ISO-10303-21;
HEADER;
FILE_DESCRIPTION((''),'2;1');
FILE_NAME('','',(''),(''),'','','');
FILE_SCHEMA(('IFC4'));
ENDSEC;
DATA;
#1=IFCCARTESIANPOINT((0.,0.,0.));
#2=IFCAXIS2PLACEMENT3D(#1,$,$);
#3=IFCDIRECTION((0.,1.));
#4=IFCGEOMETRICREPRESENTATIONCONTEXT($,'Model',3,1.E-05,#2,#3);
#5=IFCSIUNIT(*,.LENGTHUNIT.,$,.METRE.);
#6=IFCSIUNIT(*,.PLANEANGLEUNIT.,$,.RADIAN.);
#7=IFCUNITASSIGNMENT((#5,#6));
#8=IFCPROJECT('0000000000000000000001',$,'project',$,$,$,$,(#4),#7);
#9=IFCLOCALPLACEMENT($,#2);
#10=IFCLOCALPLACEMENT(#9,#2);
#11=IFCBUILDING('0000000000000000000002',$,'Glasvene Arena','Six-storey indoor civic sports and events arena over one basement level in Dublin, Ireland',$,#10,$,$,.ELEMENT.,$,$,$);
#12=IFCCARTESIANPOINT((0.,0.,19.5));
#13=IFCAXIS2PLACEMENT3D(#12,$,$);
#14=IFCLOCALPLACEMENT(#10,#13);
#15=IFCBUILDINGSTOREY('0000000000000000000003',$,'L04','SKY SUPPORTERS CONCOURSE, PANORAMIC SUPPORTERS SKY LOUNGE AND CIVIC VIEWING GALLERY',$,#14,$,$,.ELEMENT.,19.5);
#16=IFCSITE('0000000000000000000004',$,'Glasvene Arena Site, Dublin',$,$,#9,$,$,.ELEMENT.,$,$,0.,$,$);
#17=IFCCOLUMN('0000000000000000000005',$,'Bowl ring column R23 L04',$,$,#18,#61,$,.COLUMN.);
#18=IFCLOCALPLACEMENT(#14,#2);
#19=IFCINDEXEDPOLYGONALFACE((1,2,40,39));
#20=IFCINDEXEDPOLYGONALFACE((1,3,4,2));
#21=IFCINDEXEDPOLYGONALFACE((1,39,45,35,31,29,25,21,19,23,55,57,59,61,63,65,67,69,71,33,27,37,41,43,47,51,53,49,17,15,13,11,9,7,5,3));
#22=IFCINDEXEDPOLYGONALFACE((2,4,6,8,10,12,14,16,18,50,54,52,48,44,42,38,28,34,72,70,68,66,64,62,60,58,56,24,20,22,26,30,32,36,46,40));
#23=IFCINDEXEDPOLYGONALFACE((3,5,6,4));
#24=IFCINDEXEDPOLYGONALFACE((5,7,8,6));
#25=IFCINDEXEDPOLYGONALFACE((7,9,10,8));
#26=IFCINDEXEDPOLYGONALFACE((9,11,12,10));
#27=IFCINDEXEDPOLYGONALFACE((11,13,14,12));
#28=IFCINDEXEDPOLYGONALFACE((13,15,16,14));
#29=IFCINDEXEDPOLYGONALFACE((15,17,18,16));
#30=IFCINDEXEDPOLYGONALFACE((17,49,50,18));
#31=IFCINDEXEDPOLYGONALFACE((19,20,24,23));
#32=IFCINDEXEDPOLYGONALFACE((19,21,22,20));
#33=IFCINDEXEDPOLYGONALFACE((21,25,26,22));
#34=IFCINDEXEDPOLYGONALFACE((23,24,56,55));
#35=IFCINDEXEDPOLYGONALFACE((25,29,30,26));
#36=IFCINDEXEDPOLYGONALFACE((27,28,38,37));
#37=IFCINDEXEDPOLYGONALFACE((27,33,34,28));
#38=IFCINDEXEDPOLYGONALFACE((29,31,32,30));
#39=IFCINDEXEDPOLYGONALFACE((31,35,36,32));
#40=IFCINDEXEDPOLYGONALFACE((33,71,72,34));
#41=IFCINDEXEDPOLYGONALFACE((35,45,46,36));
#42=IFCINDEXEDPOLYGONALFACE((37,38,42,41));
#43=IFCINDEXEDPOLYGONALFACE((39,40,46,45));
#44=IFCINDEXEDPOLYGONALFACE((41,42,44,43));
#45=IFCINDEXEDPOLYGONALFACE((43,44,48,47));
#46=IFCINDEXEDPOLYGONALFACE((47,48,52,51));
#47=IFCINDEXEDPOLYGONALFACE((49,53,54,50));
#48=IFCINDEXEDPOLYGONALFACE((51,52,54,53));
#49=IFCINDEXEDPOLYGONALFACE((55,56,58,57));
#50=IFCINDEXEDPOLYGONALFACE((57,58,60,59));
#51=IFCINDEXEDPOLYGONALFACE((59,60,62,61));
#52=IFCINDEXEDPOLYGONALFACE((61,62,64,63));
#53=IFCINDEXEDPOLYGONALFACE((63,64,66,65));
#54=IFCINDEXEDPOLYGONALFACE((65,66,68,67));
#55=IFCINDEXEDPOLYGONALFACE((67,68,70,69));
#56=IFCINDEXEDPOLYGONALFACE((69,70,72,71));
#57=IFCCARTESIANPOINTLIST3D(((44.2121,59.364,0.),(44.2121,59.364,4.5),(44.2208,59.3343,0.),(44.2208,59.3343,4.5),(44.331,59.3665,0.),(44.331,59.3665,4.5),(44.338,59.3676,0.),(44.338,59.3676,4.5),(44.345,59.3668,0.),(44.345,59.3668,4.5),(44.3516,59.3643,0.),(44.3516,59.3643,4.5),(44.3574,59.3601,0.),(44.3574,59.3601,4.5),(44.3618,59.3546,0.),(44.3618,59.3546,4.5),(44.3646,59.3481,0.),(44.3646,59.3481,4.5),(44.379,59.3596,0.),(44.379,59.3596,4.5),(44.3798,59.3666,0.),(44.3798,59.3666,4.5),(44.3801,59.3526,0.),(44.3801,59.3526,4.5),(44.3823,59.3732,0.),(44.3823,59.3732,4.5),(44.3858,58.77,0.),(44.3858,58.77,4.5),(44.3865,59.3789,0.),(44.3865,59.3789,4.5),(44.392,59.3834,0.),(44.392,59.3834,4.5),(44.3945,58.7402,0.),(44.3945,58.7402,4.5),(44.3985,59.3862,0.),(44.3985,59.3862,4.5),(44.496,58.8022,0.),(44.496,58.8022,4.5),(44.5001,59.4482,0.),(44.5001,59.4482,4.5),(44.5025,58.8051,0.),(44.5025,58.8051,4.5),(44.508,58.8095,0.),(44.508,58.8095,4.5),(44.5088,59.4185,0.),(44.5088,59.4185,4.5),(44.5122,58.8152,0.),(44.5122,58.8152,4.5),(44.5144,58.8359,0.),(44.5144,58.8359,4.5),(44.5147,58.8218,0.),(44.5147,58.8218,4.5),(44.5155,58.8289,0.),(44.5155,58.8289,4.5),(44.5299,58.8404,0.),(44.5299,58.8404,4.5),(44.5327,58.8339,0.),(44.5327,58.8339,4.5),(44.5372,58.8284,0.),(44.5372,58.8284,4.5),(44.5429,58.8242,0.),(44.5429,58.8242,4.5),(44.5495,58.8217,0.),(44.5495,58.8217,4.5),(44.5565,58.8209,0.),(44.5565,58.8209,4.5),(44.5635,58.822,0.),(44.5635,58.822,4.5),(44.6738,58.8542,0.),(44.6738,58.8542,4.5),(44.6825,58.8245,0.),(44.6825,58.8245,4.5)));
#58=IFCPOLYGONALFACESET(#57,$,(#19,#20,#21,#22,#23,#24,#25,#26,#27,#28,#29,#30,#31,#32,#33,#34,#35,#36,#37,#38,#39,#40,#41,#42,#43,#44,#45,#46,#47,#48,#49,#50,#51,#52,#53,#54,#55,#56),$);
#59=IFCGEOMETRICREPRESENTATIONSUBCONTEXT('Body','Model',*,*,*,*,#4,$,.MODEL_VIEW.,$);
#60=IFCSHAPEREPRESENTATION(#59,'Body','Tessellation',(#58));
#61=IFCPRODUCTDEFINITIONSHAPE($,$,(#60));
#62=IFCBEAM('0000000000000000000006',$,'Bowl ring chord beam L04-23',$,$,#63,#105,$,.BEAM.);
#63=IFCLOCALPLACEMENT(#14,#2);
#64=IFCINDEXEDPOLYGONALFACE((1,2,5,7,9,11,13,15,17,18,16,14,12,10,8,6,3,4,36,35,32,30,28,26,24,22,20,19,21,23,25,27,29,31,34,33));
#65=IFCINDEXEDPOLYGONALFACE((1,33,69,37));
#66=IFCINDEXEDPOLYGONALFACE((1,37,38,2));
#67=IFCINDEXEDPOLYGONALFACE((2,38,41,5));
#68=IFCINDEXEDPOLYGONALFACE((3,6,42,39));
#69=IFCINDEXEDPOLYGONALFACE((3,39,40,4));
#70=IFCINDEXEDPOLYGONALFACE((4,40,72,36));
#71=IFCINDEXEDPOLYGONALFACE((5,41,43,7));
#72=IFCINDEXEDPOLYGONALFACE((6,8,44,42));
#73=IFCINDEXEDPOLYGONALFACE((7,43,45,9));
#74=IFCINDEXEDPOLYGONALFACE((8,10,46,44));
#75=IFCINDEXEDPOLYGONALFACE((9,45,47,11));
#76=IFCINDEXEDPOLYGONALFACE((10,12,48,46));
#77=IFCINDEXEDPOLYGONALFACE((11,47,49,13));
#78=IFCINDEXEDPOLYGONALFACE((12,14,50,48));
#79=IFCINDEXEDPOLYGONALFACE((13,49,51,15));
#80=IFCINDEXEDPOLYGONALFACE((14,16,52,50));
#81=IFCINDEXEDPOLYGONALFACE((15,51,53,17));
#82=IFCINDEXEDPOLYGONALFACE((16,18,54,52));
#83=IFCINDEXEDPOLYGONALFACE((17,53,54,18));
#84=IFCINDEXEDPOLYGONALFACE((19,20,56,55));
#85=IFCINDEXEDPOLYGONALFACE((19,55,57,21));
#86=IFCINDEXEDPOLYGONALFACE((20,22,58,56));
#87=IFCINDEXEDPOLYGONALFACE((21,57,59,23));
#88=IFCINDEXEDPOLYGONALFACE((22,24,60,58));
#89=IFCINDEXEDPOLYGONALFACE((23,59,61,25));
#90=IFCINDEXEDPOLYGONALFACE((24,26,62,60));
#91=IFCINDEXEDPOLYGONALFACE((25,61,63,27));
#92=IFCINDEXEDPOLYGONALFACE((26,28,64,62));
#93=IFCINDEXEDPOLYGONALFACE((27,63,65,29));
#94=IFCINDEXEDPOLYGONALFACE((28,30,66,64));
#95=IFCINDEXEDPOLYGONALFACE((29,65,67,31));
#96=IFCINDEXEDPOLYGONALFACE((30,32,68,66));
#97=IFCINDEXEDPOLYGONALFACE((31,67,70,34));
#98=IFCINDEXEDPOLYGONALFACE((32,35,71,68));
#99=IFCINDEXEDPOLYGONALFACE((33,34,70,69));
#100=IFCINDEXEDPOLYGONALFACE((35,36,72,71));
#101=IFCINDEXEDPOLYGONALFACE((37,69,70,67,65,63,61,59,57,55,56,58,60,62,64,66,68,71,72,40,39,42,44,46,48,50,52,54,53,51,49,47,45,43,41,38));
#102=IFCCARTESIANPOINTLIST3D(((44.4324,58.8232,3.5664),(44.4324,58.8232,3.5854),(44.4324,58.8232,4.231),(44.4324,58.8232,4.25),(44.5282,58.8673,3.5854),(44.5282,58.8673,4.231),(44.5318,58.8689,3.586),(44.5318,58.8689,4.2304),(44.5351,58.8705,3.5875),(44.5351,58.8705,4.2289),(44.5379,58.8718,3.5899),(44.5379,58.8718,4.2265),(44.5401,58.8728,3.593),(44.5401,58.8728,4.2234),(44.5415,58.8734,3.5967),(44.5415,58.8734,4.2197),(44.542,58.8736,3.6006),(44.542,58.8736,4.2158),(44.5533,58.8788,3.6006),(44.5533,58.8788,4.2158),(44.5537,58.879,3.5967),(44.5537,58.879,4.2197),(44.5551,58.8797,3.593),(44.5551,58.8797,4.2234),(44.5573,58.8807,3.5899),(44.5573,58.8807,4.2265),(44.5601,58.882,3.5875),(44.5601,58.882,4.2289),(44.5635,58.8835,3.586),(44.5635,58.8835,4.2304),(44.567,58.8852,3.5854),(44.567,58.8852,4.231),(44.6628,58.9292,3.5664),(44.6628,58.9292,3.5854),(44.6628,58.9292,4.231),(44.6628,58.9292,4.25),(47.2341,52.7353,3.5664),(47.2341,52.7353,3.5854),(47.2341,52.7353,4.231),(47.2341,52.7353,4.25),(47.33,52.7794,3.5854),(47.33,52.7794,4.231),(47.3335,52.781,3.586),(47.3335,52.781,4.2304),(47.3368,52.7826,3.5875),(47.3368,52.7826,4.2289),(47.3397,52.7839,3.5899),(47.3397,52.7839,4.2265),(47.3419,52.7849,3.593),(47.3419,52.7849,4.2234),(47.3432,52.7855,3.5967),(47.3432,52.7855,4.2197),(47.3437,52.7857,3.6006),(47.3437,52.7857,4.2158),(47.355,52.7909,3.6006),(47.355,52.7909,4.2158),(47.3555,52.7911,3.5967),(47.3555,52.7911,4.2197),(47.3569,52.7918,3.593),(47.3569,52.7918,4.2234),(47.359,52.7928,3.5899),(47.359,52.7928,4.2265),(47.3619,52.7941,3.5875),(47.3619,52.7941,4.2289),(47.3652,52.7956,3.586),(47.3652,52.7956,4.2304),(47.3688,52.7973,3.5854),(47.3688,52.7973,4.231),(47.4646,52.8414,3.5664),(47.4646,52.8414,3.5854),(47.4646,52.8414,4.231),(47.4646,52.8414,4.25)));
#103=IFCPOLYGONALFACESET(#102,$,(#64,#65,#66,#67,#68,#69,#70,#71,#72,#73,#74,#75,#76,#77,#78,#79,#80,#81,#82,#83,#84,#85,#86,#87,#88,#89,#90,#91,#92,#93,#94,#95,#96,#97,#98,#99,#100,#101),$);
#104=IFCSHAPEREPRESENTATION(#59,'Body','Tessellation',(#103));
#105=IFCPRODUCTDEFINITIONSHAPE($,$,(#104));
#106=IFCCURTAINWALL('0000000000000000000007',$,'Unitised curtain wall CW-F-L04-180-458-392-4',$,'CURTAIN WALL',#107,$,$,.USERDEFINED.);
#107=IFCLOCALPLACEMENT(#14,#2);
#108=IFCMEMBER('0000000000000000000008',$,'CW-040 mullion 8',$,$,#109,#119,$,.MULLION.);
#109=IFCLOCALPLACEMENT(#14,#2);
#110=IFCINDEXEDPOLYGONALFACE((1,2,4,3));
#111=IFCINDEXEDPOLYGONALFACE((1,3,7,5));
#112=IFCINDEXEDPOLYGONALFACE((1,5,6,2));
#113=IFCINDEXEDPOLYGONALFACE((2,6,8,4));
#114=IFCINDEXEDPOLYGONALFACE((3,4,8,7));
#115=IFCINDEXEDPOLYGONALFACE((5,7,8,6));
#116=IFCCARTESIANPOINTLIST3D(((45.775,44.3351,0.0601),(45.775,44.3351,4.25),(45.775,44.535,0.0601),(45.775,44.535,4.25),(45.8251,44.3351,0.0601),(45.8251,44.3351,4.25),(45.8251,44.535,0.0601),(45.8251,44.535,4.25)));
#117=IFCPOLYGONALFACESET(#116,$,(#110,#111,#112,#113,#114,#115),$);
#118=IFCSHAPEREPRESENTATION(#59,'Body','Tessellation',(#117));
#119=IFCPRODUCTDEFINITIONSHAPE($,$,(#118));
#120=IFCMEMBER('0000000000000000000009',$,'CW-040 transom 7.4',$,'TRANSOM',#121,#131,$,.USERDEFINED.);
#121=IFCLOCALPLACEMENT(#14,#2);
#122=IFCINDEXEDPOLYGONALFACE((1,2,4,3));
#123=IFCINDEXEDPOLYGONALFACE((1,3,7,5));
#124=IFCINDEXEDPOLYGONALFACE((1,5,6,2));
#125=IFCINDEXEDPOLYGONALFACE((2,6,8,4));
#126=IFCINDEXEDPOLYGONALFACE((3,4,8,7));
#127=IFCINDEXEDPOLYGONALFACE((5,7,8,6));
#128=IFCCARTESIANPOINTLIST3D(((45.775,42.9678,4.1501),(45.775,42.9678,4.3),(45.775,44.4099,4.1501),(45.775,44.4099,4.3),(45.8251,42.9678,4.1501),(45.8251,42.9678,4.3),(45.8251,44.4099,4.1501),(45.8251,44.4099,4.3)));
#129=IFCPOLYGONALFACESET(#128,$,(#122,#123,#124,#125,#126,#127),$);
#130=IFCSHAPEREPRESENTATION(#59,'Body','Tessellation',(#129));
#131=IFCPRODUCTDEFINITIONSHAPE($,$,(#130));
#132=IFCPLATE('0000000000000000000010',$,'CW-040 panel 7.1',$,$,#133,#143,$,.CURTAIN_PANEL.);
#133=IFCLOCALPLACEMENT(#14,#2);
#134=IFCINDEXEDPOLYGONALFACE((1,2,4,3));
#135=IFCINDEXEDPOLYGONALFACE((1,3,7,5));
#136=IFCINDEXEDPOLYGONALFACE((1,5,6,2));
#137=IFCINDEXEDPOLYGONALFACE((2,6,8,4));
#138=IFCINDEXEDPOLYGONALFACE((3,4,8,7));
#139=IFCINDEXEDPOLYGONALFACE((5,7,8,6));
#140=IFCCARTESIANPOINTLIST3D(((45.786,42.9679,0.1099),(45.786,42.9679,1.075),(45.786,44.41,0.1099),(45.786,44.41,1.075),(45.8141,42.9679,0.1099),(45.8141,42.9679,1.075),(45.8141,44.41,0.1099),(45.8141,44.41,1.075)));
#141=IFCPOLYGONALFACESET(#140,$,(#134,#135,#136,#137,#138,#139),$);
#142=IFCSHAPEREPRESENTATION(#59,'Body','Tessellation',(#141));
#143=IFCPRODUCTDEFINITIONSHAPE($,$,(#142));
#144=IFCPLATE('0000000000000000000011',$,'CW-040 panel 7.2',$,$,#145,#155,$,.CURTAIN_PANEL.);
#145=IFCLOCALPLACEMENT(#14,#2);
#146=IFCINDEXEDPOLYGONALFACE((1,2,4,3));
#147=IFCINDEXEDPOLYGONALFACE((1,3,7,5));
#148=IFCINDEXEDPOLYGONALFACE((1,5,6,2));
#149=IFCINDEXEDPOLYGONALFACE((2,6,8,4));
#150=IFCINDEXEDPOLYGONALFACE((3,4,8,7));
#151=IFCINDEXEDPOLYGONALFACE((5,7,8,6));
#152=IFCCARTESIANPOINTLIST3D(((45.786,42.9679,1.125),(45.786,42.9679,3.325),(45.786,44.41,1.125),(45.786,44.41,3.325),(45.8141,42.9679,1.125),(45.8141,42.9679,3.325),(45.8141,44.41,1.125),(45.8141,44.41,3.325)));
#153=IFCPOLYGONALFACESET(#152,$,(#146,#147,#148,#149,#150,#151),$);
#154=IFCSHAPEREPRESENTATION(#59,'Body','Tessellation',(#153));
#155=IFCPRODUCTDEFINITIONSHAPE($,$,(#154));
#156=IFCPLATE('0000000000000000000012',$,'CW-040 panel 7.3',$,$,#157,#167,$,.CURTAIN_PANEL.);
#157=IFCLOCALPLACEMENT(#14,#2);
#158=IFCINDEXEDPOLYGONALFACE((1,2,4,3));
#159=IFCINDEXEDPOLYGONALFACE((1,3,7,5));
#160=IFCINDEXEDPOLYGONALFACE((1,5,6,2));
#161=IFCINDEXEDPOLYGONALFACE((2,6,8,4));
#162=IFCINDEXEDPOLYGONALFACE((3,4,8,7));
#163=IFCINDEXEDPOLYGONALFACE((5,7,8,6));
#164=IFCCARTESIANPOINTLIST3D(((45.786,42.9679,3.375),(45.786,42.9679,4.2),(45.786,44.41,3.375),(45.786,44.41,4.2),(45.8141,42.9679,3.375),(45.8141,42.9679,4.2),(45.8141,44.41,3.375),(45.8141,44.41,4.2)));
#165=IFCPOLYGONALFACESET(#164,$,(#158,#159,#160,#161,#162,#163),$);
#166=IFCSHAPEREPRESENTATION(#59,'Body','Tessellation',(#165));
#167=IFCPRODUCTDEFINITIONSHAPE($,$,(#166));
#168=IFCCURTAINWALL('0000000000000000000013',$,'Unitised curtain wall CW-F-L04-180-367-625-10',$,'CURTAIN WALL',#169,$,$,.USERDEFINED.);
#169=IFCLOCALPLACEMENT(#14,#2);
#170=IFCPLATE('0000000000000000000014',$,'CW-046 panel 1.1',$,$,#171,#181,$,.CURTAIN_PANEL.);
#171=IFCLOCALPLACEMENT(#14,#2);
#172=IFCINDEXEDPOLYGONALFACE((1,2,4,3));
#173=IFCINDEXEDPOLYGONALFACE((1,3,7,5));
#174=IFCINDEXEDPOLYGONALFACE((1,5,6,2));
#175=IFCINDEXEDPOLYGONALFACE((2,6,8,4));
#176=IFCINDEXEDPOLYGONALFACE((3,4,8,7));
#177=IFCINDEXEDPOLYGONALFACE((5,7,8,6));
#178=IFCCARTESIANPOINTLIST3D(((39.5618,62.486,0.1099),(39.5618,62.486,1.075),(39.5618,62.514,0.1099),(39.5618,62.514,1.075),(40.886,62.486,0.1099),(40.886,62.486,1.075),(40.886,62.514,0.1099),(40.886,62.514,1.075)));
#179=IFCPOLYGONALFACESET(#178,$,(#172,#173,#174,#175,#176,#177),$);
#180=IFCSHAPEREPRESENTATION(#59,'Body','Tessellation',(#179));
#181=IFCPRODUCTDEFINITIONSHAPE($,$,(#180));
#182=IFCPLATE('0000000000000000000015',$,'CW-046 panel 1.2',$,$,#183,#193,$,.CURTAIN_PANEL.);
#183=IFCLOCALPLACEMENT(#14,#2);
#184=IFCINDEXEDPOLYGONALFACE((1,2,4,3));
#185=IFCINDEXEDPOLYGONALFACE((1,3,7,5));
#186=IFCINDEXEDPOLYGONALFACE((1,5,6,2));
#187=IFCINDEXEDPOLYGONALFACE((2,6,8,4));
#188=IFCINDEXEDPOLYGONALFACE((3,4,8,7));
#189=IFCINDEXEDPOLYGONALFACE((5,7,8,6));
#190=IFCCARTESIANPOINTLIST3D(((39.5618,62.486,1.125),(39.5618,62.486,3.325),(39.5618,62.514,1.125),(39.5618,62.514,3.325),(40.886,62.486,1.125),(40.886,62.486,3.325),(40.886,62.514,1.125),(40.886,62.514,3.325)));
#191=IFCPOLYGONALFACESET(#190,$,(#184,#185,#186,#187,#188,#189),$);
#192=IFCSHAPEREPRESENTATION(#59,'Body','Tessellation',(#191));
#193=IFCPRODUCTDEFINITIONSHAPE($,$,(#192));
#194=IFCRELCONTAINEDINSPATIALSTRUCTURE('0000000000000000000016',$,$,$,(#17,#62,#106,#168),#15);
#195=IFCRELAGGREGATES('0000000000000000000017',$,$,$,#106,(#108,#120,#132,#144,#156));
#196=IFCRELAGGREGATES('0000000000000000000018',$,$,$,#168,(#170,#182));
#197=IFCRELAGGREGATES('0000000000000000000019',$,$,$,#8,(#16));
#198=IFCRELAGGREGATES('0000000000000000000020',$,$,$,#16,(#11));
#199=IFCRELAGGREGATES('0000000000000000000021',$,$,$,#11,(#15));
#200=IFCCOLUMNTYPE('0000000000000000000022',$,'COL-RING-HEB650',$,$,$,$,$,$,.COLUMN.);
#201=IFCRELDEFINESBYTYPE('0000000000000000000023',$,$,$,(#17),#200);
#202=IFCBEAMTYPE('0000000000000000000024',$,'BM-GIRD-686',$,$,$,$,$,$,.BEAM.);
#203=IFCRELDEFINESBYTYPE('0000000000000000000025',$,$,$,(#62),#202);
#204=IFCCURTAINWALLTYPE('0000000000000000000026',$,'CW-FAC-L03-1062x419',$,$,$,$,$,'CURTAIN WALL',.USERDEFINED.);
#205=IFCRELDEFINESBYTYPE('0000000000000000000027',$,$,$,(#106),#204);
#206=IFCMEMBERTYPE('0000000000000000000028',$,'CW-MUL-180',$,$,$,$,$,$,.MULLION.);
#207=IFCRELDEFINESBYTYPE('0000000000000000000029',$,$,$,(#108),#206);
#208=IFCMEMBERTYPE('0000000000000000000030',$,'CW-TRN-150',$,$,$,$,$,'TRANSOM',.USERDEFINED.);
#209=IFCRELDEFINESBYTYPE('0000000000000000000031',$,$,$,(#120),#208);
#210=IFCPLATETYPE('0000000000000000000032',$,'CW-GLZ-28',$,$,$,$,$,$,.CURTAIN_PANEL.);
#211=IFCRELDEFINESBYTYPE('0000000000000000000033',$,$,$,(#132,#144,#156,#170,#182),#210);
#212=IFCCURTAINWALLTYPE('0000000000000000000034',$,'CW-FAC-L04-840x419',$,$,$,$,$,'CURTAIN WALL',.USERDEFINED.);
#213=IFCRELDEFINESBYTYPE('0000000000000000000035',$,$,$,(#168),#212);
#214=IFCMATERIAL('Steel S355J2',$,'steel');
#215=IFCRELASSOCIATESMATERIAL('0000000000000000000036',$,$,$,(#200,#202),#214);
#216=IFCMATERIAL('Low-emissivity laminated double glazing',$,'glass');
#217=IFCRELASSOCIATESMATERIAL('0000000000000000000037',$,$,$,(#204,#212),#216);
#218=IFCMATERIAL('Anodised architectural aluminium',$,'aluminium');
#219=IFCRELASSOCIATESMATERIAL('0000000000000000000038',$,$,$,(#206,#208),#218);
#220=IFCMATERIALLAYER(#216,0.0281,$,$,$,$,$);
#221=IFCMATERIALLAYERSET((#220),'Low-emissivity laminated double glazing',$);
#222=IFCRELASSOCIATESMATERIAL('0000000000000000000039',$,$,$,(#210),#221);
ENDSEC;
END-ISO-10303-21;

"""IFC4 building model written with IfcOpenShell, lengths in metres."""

from ifc_helpers import new_model, si_unit, direction, frame, origin, origin_2d, place, context, subcontext, project, spatial, rectangle, i_section, extrude, material, layer, layer_set, material_profile, profile_set, type_object, element, aggregate, save


model = new_model("IFC4")

# Units and contexts
model_context = context("Model", 3, precision=1e-05, world=origin(), true_north=direction((0.0, 1.0)))
body_context = subcontext(model_context, "Body", "Model", "MODEL_VIEW")
ifc_project = project(units=[si_unit("LENGTHUNIT", "METRE"), si_unit("PLANEANGLEUNIT", "RADIAN")], contexts=[model_context])

# Site, building, storey
site_placement = place(None, origin())
site = spatial("IfcSite", under=ifc_project, at=site_placement, Name="Glasvene Arena Site, Dublin", CompositionType="ELEMENT", RefElevation=0.0)
building_placement = place(site_placement, origin())
building = spatial("IfcBuilding", under=site, at=building_placement, Name="Glasvene Arena", Description="Six-storey indoor civic sports and events arena over one basement level in Dublin, Ireland", CompositionType="ELEMENT")
storey_placement = place(building_placement, frame((0.0, 0.0, 19.5)))
storey = spatial("IfcBuildingStorey", under=building, at=storey_placement, Name="L04", Description="SKY SUPPORTERS CONCOURSE, PANORAMIC SUPPORTERS SKY LOUNGE AND CIVIC VIEWING GALLERY", CompositionType="ELEMENT", Elevation=19.5)

# Column
ifc_material_1 = material(Name="Steel S355J2", Category="steel")
ifc_material_profile_1 = material_profile(ifc_material_1, i_section(OverallWidth=0.3, OverallDepth=0.6499, WebThickness=0.0161, FlangeThickness=0.031, FilletRadius=0.0271, at=origin_2d()), Name="HEB 650")
ifc_profile_set_1 = profile_set([ifc_material_profile_1], Name="Steel S355J2")
column_type = type_object("IfcColumnType", Name="COL-RING-HEB650", PredefinedType="COLUMN", material=ifc_profile_set_1)
column_placement = place(storey_placement, frame((44.4473, 59.0942, 0.0), z_axis=(0.0, 0.0, 1.0), x_axis=(-0.959805, -0.280667, 0.0)))
element("IfcColumn", 1, at=column_placement, inside=storey, type_object=column_type, Name="Bowl ring column R23 L04", PredefinedType="COLUMN", context=body_context, shape_type="SweptSolid", body=[
    extrude(i_section(OverallWidth=0.3, OverallDepth=0.6499, WebThickness=0.0161, FlangeThickness=0.031, FilletRadius=0.0271, at=origin_2d()), origin(), (0.0, 0.0, 1.0), 4.5),
])

# Beam
ifc_material_profile_2 = material_profile(ifc_material_1, i_section(OverallWidth=0.2537, OverallDepth=0.6836, WebThickness=0.0125, FlangeThickness=0.019, FilletRadius=0.0151, at=origin_2d()), Name="UKB 686x254x140")
ifc_profile_set_2 = profile_set([ifc_material_profile_2], Name="Steel S355J2")
beam_type = type_object("IfcBeamType", Name="BM-GIRD-686", PredefinedType="BEAM", material=ifc_profile_set_2)
beam_placement = place(storey_placement, frame((44.5476, 58.8762, 3.9082), z_axis=(0.418069, -0.908415, 0.0), x_axis=(0.908415, 0.418069, 0.0)))
element("IfcBeam", 2, at=beam_placement, inside=storey, type_object=beam_type, Name="Bowl ring chord beam L04-23", PredefinedType="BEAM", context=body_context, shape_type="SweptSolid", body=[
    extrude(i_section(OverallWidth=0.2537, OverallDepth=0.6836, WebThickness=0.0125, FlangeThickness=0.019, FilletRadius=0.0151, at=origin_2d()), origin(), (0.0, 0.0, 1.0), 6.7017),
])

# Curtain wall, members, plates
ifc_material_2 = material(Name="Low-emissivity laminated double glazing", Category="glass")
curtain_wall_type_1 = type_object("IfcCurtainWallType", Name="CW-FAC-L03-1062x419", ElementType="CURTAIN WALL", PredefinedType="USERDEFINED", material=ifc_material_2)
curtain_wall_1_placement = place(storey_placement, frame((45.8, 33.8401, 0.0)))
curtain_wall_1 = element("IfcCurtainWall", 3, at=curtain_wall_1_placement, inside=storey, type_object=curtain_wall_type_1, Name="Unitised curtain wall CW-F-L04-180-458-392-4", ObjectType="CURTAIN WALL", PredefinedType="USERDEFINED")
ifc_material_3 = material(Name="Anodised architectural aluminium", Category="aluminium")
ifc_material_profile_3 = material_profile(ifc_material_3, rectangle(XDim=0.05, YDim=0.2, at=origin_2d()), Name="ALU MULLION 50x200")
ifc_profile_set_3 = profile_set([ifc_material_profile_3], Name="Anodised architectural aluminium")
member_type_1 = type_object("IfcMemberType", Name="CW-MUL-180", PredefinedType="MULLION", material=ifc_profile_set_3)
member_1_placement = place(storey_placement, frame((45.8, 44.4351, 0.0601), z_axis=(0.0, 0.0, 1.0), x_axis=(-1.0, 0.0, 0.0)))
member_1 = element("IfcMember", 4, at=member_1_placement, type_object=member_type_1, Name="CW-040 mullion 8", PredefinedType="MULLION", context=body_context, shape_type="SweptSolid", body=[
    extrude(rectangle(XDim=0.05, YDim=0.2, at=origin_2d()), origin(), (0.0, 0.0, 1.0), 4.1899),
])
ifc_material_profile_4 = material_profile(ifc_material_3, rectangle(XDim=0.05, YDim=0.1499, at=origin_2d()), Name="ALU TRANSOM 50x150")
ifc_profile_set_4 = profile_set([ifc_material_profile_4], Name="Anodised architectural aluminium")
member_type_2 = type_object("IfcMemberType", Name="CW-TRN-150", ElementType="TRANSOM", PredefinedType="USERDEFINED", material=ifc_profile_set_4)
member_2_placement = place(storey_placement, frame((45.8, 42.9678, 4.2251), z_axis=(0.0, 1.0, 0.0), x_axis=(-1.0, 0.0, 0.0)))
member_2 = element("IfcMember", 5, at=member_2_placement, type_object=member_type_2, Name="CW-040 transom 7.4", ObjectType="TRANSOM", PredefinedType="USERDEFINED", context=body_context, shape_type="SweptSolid", body=[
    extrude(rectangle(XDim=0.05, YDim=0.1499, at=origin_2d()), origin(), (0.0, 0.0, 1.0), 1.4421),
])
ifc_layer_1 = layer(ifc_material_2, 0.0281)
ifc_layer_set_1 = layer_set([ifc_layer_1], Name="Low-emissivity laminated double glazing")
plate_type = type_object("IfcPlateType", Name="CW-GLZ-28", PredefinedType="CURTAIN_PANEL", material=ifc_layer_set_1)
plate_1_placement = place(storey_placement, frame((45.8, 43.689, 0.1099), z_axis=(0.0, 0.0, 1.0), x_axis=(0.0, 1.0, 0.0)))
plate_1 = element("IfcPlate", 6, at=plate_1_placement, type_object=plate_type, Name="CW-040 panel 7.1", PredefinedType="CURTAIN_PANEL", context=body_context, shape_type="SweptSolid", body=[
    extrude(rectangle(XDim=1.4421, YDim=0.0281, at=origin_2d()), origin(), (0.0, 0.0, 1.0), 0.9651),
])
plate_2_placement = place(storey_placement, frame((45.8, 43.689, 1.125), z_axis=(0.0, 0.0, 1.0), x_axis=(0.0, 1.0, 0.0)))
plate_2 = element("IfcPlate", 7, at=plate_2_placement, type_object=plate_type, Name="CW-040 panel 7.2", PredefinedType="CURTAIN_PANEL", context=body_context, shape_type="SweptSolid", body=[
    extrude(rectangle(XDim=1.4421, YDim=0.0281, at=origin_2d()), origin(), (0.0, 0.0, 1.0), 2.2),
])
plate_3_placement = place(storey_placement, frame((45.8, 43.689, 3.375), z_axis=(0.0, 0.0, 1.0), x_axis=(0.0, 1.0, 0.0)))
plate_3 = element("IfcPlate", 8, at=plate_3_placement, type_object=plate_type, Name="CW-040 panel 7.3", PredefinedType="CURTAIN_PANEL", context=body_context, shape_type="SweptSolid", body=[
    extrude(rectangle(XDim=1.4421, YDim=0.0281, at=origin_2d()), origin(), (0.0, 0.0, 1.0), 0.825),
])
aggregate(curtain_wall_1, [member_1, member_2, plate_1, plate_2, plate_3])

# Curtain wall, plates
curtain_wall_type_2 = type_object("IfcCurtainWallType", Name="CW-FAC-L04-840x419", ElementType="CURTAIN WALL", PredefinedType="USERDEFINED", material=ifc_material_2)
curtain_wall_2_placement = place(storey_placement, frame((40.936, 62.5, 0.0)))
curtain_wall_2 = element("IfcCurtainWall", 9, at=curtain_wall_2_placement, inside=storey, type_object=curtain_wall_type_2, Name="Unitised curtain wall CW-F-L04-180-367-625-10", ObjectType="CURTAIN WALL", PredefinedType="USERDEFINED")
plate_4_placement = place(storey_placement, frame((40.2239, 62.5, 0.1099), z_axis=(0.0, 0.0, 1.0), x_axis=(-1.0, 0.0, 0.0)))
plate_4 = element("IfcPlate", 10, at=plate_4_placement, type_object=plate_type, Name="CW-046 panel 1.1", PredefinedType="CURTAIN_PANEL", context=body_context, shape_type="SweptSolid", body=[
    extrude(rectangle(XDim=1.3242, YDim=0.0281, at=origin_2d()), origin(), (0.0, 0.0, 1.0), 0.9651),
])
plate_5_placement = place(storey_placement, frame((40.2239, 62.5, 1.125), z_axis=(0.0, 0.0, 1.0), x_axis=(-1.0, 0.0, 0.0)))
plate_5 = element("IfcPlate", 11, at=plate_5_placement, type_object=plate_type, Name="CW-046 panel 1.2", PredefinedType="CURTAIN_PANEL", context=body_context, shape_type="SweptSolid", body=[
    extrude(rectangle(XDim=1.3242, YDim=0.0281, at=origin_2d()), origin(), (0.0, 0.0, 1.0), 2.2),
])
aggregate(curtain_wall_2, [plate_4, plate_5])

save(model, "model.ifc")
